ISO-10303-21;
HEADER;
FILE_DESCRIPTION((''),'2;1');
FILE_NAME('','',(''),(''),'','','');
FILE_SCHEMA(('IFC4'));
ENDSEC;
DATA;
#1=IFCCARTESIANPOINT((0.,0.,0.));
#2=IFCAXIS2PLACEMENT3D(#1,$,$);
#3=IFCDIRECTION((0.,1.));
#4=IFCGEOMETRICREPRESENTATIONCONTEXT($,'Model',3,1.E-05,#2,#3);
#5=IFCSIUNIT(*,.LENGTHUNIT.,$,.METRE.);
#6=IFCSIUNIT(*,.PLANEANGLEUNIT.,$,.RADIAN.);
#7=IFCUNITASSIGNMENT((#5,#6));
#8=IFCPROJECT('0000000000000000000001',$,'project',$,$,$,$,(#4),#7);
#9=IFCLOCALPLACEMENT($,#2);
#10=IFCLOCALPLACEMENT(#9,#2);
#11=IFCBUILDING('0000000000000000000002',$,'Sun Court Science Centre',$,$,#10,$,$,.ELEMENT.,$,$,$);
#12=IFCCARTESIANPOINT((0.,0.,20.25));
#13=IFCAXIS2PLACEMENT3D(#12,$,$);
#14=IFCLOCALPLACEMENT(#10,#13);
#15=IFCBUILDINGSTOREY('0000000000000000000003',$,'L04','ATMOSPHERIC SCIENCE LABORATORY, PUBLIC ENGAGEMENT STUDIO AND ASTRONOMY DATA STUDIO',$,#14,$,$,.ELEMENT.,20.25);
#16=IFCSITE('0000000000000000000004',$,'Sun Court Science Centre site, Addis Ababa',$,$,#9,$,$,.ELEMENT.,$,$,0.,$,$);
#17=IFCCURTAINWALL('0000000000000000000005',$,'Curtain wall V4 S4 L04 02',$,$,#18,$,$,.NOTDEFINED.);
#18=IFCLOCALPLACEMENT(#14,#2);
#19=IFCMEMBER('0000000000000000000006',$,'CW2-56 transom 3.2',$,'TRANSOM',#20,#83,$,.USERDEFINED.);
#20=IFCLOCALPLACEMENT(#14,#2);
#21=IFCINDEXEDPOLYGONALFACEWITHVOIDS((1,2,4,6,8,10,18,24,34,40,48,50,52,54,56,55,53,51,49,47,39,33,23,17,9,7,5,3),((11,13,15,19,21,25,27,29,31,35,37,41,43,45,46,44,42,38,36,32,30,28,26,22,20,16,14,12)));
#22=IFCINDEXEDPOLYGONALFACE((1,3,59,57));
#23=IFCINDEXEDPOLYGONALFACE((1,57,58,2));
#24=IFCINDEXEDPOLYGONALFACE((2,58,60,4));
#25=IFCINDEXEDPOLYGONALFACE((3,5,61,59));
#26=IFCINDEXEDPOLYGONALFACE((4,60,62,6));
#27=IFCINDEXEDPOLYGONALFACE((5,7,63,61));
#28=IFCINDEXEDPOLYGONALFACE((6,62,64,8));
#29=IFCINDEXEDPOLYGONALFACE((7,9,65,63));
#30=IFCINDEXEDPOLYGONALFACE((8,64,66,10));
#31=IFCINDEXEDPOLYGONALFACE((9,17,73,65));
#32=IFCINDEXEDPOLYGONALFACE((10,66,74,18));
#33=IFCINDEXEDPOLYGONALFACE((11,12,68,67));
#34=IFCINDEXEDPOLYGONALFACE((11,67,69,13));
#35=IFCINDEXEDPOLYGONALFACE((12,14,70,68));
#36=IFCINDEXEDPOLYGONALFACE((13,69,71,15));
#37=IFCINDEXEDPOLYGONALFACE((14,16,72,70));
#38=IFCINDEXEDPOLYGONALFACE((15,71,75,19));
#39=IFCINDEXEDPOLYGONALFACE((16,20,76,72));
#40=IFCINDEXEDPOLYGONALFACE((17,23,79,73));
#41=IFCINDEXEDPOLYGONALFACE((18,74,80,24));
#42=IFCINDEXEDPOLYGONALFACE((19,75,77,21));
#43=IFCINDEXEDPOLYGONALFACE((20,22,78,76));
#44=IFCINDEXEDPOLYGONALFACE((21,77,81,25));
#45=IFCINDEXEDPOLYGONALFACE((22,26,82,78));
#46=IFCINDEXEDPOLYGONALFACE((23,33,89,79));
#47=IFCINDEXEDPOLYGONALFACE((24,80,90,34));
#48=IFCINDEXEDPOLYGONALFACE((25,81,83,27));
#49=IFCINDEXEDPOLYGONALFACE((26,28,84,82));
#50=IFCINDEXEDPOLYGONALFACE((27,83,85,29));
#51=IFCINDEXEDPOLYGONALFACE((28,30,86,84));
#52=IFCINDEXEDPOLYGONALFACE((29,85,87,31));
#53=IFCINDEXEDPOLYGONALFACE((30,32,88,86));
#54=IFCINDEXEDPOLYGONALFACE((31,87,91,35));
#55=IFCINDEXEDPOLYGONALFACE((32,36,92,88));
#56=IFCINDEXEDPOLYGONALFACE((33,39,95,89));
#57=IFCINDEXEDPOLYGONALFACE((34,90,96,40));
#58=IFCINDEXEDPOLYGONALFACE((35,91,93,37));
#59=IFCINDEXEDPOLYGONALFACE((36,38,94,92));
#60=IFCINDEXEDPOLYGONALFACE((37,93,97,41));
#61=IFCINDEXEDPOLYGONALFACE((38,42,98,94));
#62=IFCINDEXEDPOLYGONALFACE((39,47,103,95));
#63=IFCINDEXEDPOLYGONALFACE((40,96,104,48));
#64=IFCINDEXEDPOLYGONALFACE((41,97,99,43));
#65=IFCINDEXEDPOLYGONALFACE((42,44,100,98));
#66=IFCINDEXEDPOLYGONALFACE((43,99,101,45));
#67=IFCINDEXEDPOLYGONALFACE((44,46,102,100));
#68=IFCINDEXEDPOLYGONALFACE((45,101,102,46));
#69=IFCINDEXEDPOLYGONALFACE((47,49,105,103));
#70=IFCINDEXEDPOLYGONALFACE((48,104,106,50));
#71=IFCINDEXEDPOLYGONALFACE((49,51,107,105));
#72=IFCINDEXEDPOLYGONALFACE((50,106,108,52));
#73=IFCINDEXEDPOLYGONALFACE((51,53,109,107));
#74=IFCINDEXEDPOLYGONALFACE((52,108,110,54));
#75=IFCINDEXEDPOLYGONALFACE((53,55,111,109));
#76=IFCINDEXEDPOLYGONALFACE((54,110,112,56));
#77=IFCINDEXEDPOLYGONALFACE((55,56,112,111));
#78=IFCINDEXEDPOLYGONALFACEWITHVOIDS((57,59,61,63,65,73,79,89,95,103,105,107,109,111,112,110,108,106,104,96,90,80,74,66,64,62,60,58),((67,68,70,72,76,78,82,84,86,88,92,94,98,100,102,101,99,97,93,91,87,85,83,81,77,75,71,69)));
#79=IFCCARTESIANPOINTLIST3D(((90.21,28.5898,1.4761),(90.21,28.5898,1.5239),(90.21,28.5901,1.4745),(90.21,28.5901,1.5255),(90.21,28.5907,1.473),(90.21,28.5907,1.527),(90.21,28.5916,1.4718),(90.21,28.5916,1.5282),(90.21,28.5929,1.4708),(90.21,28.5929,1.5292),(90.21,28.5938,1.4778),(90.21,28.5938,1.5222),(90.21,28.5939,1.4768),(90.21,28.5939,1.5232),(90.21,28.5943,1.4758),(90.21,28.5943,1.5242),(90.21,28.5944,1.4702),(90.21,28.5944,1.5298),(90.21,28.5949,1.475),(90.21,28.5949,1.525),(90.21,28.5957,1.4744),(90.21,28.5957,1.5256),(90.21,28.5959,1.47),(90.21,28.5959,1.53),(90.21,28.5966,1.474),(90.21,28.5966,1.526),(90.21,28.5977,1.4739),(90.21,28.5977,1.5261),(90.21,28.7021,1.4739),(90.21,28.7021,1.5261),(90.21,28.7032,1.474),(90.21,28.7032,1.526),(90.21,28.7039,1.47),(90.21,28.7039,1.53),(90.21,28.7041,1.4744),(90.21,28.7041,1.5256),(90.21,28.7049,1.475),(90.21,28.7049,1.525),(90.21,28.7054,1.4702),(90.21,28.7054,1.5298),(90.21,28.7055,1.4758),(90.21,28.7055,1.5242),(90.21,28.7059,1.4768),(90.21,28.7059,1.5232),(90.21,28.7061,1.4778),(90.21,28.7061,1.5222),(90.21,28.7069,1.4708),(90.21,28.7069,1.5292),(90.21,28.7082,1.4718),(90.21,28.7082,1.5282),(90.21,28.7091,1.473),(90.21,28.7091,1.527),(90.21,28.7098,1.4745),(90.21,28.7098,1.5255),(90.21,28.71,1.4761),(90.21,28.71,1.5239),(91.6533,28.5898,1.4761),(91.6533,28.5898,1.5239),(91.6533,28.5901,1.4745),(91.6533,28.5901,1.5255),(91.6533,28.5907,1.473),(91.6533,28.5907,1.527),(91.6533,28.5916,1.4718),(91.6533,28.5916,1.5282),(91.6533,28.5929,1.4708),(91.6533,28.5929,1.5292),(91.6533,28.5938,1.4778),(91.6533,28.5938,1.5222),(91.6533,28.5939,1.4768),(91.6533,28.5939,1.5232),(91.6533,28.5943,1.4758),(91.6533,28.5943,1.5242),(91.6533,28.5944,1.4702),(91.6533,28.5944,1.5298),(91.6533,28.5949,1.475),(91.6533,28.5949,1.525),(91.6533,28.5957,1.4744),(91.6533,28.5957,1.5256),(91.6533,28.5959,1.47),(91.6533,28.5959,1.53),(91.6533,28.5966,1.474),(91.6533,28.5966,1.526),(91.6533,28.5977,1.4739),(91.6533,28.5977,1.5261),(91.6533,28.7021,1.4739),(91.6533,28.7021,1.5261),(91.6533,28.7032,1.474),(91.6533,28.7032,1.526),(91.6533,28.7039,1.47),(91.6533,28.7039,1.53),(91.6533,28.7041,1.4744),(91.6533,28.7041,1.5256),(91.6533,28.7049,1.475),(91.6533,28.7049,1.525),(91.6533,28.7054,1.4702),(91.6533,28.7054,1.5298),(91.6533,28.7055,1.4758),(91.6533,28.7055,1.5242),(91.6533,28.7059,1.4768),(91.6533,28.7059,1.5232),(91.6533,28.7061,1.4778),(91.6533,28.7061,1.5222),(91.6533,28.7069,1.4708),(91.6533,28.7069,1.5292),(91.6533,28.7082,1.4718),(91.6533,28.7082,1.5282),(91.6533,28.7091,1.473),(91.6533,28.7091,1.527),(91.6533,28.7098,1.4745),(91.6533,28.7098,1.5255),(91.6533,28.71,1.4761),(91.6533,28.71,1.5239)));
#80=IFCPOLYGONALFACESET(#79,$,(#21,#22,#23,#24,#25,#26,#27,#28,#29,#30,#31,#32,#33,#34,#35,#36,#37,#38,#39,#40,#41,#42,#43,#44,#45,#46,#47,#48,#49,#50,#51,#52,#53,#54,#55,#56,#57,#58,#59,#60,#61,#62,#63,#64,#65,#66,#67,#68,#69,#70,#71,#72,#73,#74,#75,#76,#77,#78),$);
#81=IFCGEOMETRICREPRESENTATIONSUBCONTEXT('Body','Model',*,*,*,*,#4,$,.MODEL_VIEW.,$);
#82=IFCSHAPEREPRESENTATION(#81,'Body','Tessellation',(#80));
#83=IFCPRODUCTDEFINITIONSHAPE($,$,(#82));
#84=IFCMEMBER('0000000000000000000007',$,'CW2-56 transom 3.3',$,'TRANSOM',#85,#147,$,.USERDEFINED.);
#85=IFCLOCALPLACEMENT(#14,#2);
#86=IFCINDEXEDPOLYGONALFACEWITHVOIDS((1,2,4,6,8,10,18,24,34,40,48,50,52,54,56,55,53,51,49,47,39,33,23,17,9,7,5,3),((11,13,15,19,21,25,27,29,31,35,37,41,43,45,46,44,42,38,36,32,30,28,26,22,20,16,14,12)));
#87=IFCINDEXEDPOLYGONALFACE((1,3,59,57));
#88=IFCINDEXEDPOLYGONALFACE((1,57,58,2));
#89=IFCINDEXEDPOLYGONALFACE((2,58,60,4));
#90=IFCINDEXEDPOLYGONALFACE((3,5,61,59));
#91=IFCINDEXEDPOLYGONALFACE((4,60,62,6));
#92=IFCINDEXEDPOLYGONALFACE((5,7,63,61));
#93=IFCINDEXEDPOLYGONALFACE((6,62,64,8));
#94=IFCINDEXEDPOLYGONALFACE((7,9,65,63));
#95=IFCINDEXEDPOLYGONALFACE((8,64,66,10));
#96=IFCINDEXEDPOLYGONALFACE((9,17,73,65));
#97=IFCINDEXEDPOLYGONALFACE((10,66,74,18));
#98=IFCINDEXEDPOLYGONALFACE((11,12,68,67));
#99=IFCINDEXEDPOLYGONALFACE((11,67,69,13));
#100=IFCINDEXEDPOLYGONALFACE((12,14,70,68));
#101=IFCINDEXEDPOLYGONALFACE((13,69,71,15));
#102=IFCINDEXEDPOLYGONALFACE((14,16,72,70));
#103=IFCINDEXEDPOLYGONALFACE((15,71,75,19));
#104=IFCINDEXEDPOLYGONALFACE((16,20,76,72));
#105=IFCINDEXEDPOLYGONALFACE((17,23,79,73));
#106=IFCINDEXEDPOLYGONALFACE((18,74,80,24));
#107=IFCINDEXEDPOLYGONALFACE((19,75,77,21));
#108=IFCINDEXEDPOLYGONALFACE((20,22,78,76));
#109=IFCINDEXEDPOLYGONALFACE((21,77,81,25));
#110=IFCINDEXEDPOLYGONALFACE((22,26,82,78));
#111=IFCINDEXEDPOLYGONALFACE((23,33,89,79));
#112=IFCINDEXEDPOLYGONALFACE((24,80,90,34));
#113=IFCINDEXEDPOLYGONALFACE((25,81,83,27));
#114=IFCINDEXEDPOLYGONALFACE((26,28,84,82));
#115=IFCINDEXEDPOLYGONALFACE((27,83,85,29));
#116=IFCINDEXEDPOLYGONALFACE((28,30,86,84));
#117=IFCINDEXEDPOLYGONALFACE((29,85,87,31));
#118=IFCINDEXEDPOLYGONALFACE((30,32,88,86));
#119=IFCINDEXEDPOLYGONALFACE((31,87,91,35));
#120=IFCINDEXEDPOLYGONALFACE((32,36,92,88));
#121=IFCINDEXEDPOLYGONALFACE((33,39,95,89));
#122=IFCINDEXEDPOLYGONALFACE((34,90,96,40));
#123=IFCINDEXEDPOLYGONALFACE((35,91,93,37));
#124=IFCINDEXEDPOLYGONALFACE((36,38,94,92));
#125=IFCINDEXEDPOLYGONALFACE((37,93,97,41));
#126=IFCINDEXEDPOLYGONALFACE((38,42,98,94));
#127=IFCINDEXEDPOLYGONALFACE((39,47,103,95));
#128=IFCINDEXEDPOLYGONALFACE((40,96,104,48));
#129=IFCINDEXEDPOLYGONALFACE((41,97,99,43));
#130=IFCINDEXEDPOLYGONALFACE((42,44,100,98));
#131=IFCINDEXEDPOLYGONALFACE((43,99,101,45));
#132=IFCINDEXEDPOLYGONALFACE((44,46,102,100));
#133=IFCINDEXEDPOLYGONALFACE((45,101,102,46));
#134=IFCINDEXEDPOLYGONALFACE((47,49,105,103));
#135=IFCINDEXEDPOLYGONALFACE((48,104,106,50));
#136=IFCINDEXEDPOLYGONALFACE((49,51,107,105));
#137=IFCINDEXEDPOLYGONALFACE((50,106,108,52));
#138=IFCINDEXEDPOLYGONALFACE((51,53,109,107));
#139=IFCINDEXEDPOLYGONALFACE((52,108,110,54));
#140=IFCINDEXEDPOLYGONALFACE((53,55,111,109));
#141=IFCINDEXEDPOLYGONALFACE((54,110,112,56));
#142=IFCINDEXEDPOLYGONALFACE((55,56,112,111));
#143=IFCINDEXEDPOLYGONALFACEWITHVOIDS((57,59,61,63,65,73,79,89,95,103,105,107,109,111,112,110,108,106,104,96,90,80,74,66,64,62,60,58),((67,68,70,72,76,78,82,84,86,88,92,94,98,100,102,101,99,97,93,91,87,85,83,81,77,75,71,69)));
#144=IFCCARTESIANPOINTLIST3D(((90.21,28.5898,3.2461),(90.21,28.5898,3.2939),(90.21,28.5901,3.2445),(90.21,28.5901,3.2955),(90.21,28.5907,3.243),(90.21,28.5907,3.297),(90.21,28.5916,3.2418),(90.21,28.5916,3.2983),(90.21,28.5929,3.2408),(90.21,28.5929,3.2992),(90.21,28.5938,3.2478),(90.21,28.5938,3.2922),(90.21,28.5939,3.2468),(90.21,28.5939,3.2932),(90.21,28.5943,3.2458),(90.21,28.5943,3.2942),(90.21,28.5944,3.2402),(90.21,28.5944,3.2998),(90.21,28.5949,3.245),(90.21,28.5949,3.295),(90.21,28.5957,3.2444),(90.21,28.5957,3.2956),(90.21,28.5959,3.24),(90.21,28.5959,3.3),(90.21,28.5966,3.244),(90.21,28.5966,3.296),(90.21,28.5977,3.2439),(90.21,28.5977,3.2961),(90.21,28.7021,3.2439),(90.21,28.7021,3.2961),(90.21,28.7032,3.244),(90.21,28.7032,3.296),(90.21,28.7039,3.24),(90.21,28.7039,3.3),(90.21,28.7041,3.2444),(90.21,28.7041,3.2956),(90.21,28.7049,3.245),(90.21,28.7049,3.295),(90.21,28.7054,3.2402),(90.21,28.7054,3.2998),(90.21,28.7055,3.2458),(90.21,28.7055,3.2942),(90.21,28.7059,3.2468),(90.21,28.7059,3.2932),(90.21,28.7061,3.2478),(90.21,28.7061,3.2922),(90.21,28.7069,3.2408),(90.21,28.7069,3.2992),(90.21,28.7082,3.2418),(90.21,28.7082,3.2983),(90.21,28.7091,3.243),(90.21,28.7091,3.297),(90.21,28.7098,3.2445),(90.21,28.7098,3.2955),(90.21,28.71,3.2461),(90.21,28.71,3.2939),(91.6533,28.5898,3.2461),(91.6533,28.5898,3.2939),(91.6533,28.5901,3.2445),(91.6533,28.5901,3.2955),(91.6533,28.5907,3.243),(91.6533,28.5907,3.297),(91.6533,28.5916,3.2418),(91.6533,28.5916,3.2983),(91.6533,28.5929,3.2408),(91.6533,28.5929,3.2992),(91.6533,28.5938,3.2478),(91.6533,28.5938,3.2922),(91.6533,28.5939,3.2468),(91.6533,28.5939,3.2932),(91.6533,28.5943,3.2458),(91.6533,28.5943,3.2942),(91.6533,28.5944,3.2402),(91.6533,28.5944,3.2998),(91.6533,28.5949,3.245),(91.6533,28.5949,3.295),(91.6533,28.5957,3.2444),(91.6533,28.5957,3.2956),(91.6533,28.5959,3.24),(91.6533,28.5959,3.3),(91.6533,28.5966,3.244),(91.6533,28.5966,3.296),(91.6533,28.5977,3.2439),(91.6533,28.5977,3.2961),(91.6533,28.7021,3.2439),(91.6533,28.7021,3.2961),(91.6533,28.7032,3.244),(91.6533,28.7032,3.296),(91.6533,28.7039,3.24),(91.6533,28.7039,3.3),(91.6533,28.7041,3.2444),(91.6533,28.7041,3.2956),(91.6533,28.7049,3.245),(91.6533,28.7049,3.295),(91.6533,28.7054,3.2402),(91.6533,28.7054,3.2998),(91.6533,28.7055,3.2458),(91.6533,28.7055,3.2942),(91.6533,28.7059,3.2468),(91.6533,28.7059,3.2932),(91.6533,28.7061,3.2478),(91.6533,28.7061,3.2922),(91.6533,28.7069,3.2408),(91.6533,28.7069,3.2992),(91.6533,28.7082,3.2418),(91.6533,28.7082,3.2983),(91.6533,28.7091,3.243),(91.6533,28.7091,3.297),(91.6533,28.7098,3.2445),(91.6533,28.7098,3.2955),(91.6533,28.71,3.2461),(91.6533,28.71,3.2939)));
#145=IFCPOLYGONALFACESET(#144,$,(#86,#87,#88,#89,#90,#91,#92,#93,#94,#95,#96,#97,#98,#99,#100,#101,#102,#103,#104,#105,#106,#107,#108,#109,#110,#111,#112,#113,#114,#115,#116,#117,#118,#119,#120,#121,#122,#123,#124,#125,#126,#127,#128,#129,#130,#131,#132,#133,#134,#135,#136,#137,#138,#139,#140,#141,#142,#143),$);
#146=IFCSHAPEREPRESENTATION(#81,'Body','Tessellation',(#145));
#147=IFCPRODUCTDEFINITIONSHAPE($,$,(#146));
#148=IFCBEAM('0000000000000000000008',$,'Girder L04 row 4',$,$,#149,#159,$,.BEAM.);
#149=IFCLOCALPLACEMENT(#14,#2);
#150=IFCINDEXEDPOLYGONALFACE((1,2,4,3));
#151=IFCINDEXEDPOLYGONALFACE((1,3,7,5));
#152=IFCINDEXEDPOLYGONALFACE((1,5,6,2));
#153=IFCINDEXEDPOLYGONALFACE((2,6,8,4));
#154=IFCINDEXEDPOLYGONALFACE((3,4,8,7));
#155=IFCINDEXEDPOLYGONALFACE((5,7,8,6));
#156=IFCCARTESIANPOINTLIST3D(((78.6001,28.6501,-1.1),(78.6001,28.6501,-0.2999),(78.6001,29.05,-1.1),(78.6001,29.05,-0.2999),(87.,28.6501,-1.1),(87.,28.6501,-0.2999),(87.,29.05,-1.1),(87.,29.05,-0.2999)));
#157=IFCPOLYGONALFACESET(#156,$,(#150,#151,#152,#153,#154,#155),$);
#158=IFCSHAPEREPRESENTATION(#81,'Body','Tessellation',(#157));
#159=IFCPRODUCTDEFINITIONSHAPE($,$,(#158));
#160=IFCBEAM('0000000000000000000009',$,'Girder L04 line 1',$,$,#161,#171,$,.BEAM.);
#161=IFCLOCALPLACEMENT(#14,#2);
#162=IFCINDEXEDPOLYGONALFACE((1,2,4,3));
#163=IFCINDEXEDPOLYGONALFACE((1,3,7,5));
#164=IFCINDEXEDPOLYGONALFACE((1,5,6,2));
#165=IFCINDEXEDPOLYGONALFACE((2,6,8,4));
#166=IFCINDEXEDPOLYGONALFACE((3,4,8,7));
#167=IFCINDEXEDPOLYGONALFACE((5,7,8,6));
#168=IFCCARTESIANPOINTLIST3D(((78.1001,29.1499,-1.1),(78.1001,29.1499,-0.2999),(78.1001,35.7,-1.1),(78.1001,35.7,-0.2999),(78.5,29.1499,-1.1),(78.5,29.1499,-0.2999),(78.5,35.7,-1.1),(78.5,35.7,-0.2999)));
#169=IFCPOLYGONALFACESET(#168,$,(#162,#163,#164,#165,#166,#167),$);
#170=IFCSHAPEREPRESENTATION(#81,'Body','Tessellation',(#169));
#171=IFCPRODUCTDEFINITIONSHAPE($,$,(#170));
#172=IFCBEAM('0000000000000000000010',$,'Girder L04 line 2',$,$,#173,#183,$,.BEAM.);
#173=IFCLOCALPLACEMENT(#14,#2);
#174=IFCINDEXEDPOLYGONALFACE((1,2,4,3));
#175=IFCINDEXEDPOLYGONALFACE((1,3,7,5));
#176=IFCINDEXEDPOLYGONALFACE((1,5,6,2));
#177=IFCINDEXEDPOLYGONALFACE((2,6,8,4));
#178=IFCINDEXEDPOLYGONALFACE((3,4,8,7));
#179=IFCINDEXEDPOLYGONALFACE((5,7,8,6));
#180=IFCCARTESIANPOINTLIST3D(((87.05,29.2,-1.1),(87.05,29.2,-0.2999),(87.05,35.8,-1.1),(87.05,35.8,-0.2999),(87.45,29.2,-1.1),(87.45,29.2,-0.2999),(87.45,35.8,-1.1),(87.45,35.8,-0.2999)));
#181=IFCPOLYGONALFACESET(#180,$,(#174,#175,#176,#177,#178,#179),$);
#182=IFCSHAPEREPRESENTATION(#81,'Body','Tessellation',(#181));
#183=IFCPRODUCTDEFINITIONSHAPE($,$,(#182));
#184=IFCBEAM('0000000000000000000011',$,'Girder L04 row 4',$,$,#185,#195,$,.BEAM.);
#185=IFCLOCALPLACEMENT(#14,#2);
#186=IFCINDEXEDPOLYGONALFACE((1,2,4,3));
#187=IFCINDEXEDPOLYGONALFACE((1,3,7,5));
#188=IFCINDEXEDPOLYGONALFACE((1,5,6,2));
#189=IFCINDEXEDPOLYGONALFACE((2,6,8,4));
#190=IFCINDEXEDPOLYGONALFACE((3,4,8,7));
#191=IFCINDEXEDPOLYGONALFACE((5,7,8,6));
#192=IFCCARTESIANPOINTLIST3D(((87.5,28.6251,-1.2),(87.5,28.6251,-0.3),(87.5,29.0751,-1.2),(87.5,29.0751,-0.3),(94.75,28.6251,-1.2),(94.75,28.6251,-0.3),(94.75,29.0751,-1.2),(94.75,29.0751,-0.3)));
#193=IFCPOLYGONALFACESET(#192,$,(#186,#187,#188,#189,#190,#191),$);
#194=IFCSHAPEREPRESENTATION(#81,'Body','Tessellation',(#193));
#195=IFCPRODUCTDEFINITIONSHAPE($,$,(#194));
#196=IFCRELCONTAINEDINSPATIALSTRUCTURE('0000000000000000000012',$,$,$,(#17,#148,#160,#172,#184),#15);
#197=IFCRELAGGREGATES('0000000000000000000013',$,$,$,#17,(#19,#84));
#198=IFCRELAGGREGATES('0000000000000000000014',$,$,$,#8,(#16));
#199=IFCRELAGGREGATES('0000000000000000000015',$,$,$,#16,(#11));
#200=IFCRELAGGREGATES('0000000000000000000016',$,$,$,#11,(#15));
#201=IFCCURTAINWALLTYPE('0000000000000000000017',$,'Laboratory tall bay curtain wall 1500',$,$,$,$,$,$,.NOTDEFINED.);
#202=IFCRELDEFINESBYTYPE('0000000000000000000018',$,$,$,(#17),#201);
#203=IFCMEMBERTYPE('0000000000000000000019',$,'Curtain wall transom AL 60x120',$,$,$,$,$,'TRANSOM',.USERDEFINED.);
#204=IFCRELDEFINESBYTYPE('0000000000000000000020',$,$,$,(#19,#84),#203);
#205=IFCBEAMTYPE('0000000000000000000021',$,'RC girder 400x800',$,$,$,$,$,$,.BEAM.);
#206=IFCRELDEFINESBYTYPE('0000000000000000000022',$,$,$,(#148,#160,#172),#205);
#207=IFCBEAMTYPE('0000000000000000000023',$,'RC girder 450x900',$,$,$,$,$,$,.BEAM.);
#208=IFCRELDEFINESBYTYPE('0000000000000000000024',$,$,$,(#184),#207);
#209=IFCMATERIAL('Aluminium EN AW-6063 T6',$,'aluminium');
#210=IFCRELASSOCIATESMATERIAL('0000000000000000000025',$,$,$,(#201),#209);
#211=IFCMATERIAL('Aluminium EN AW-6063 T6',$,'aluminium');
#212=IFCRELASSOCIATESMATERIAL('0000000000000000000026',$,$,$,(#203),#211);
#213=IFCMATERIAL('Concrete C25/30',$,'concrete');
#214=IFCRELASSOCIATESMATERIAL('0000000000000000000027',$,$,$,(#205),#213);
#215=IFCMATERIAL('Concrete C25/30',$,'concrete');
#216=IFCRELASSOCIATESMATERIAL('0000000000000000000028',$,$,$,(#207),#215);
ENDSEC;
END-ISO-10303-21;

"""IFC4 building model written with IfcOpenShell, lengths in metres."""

from ifc_helpers import new_model, si_unit, direction, frame, origin, origin_2d, place, context, subcontext, project, spatial, rectangle, hollow_rectangle, extrude, material, material_profile, profile_set, type_object, element, aggregate, save


model = new_model("IFC4")

# Units and contexts
model_context = context("Model", 3, precision=1e-05, world=origin(), true_north=direction((0.0, 1.0)))
body_context = subcontext(model_context, "Body", "Model", "MODEL_VIEW")
ifc_project = project(units=[si_unit("LENGTHUNIT", "METRE"), si_unit("PLANEANGLEUNIT", "RADIAN")], contexts=[model_context])

# Site, building, storey
site_placement = place(None, origin())
site = spatial("IfcSite", under=ifc_project, at=site_placement, Name="Sun Court Science Centre site, Addis Ababa", CompositionType="ELEMENT", RefElevation=0.0)
building_placement = place(site_placement, origin())
building = spatial("IfcBuilding", under=site, at=building_placement, Name="Sun Court Science Centre", CompositionType="ELEMENT")
storey_placement = place(building_placement, frame((0.0, 0.0, 20.25)))
storey = spatial("IfcBuildingStorey", under=building, at=storey_placement, Name="L04", Description="ATMOSPHERIC SCIENCE LABORATORY, PUBLIC ENGAGEMENT STUDIO AND ASTRONOMY DATA STUDIO", CompositionType="ELEMENT", Elevation=20.25)

# Curtain wall, members
ifc_material_1 = material(Name="Aluminium EN AW-6063 T6", Category="aluminium")
curtain_wall_type = type_object("IfcCurtainWallType", Name="Laboratory tall bay curtain wall 1500", PredefinedType="NOTDEFINED", material=ifc_material_1)
curtain_wall_placement = place(storey_placement, origin())
curtain_wall = element("IfcCurtainWall", 1, at=curtain_wall_placement, inside=storey, type_object=curtain_wall_type, Name="Curtain wall V4 S4 L04 02", PredefinedType="NOTDEFINED")
ifc_material_2 = material(Name="Aluminium EN AW-6063 T6", Category="aluminium")
ifc_material_profile_1 = material_profile(ifc_material_2, hollow_rectangle(XDim=0.0601, YDim=0.1201, WallThickness=0.0039, InnerFilletRadius=0.0039, OuterFilletRadius=0.0061, at=origin_2d()), Name="AL 60x120x4")
ifc_profile_set_1 = profile_set([ifc_material_profile_1], Name="Aluminium EN AW-6063 T6")
member_type_1 = type_object("IfcMemberType", Name="Curtain wall transom AL 60x120", ElementType="TRANSOM", PredefinedType="USERDEFINED", material=ifc_profile_set_1)
member_1_placement = place(storey_placement, frame((91.6533, 28.6499, 1.5), z_axis=(-1.0, 0.0, 0.0), x_axis=(0.0, 0.0, 1.0)))
member_1 = element("IfcMember", 2, at=member_1_placement, type_object=member_type_1, Name="CW2-56 transom 3.2", ObjectType="TRANSOM", PredefinedType="USERDEFINED", context=body_context, shape_type="SweptSolid", body=[
    extrude(hollow_rectangle(XDim=0.0601, YDim=0.1201, WallThickness=0.0039, InnerFilletRadius=0.0039, OuterFilletRadius=0.0061, at=origin_2d()), origin(), (0.0, 0.0, 1.0), 1.4434),
])
member_2_placement = place(storey_placement, frame((91.6533, 28.6499, 3.27), z_axis=(-1.0, 0.0, 0.0), x_axis=(0.0, 0.0, 1.0)))
member_2 = element("IfcMember", 3, at=member_2_placement, type_object=member_type_1, Name="CW2-56 transom 3.3", ObjectType="TRANSOM", PredefinedType="USERDEFINED", context=body_context, shape_type="SweptSolid", body=[
    extrude(hollow_rectangle(XDim=0.0601, YDim=0.1201, WallThickness=0.0039, InnerFilletRadius=0.0039, OuterFilletRadius=0.0061, at=origin_2d()), origin(), (0.0, 0.0, 1.0), 1.4434),
])

# Beams
ifc_material_3 = material(Name="Concrete C25/30", Category="concrete")
ifc_material_profile_2 = material_profile(ifc_material_3, rectangle(XDim=0.3999, YDim=0.8, at=origin_2d()), Name="RC 400x800")
ifc_profile_set_2 = profile_set([ifc_material_profile_2], Name="Concrete C25/30")
beam_type_1 = type_object("IfcBeamType", Name="RC girder 400x800", PredefinedType="BEAM", material=ifc_profile_set_2)
beam_1_placement = place(storey_placement, frame((78.6001, 28.8501, -0.7), z_axis=(1.0, 0.0, 0.0), x_axis=(0.0, 1.0, 0.0)))
element("IfcBeam", 4, at=beam_1_placement, inside=storey, type_object=beam_type_1, Name="Girder L04 row 4", PredefinedType="BEAM", context=body_context, shape_type="SweptSolid", body=[
    extrude(rectangle(XDim=0.3999, YDim=0.8, at=origin_2d()), origin(), (0.0, 0.0, 1.0), 8.3999),
])
beam_2_placement = place(storey_placement, frame((78.3, 29.1499, -0.7), z_axis=(0.0, 1.0, 0.0), x_axis=(-1.0, 0.0, 0.0)))
element("IfcBeam", 5, at=beam_2_placement, inside=storey, type_object=beam_type_1, Name="Girder L04 line 1", PredefinedType="BEAM", context=body_context, shape_type="SweptSolid", body=[
    extrude(rectangle(XDim=0.3999, YDim=0.8, at=origin_2d()), origin(), (0.0, 0.0, 1.0), 6.55),
])
beam_3_placement = place(storey_placement, frame((87.25, 29.2, -0.7), z_axis=(0.0, 1.0, 0.0), x_axis=(-1.0, 0.0, 0.0)))
element("IfcBeam", 6, at=beam_3_placement, inside=storey, type_object=beam_type_1, Name="Girder L04 line 2", PredefinedType="BEAM", context=body_context, shape_type="SweptSolid", body=[
    extrude(rectangle(XDim=0.3999, YDim=0.8, at=origin_2d()), origin(), (0.0, 0.0, 1.0), 6.6001),
])
ifc_material_4 = material(Name="Concrete C25/30", Category="concrete")
ifc_material_profile_3 = material_profile(ifc_material_4, rectangle(XDim=0.45, YDim=0.8999, at=origin_2d()), Name="RC 450x900")
ifc_profile_set_3 = profile_set([ifc_material_profile_3], Name="Concrete C25/30")
beam_type_2 = type_object("IfcBeamType", Name="RC girder 450x900", PredefinedType="BEAM", material=ifc_profile_set_3)
beam_4_placement = place(storey_placement, frame((87.5, 28.8501, -0.75), z_axis=(1.0, 0.0, 0.0), x_axis=(0.0, 1.0, 0.0)))
element("IfcBeam", 7, at=beam_4_placement, inside=storey, type_object=beam_type_2, Name="Girder L04 row 4", PredefinedType="BEAM", context=body_context, shape_type="SweptSolid", body=[
    extrude(rectangle(XDim=0.45, YDim=0.8999, at=origin_2d()), origin(), (0.0, 0.0, 1.0), 7.25),
])

aggregate(curtain_wall, [member_1, member_2])

save(model, "model.ifc")
